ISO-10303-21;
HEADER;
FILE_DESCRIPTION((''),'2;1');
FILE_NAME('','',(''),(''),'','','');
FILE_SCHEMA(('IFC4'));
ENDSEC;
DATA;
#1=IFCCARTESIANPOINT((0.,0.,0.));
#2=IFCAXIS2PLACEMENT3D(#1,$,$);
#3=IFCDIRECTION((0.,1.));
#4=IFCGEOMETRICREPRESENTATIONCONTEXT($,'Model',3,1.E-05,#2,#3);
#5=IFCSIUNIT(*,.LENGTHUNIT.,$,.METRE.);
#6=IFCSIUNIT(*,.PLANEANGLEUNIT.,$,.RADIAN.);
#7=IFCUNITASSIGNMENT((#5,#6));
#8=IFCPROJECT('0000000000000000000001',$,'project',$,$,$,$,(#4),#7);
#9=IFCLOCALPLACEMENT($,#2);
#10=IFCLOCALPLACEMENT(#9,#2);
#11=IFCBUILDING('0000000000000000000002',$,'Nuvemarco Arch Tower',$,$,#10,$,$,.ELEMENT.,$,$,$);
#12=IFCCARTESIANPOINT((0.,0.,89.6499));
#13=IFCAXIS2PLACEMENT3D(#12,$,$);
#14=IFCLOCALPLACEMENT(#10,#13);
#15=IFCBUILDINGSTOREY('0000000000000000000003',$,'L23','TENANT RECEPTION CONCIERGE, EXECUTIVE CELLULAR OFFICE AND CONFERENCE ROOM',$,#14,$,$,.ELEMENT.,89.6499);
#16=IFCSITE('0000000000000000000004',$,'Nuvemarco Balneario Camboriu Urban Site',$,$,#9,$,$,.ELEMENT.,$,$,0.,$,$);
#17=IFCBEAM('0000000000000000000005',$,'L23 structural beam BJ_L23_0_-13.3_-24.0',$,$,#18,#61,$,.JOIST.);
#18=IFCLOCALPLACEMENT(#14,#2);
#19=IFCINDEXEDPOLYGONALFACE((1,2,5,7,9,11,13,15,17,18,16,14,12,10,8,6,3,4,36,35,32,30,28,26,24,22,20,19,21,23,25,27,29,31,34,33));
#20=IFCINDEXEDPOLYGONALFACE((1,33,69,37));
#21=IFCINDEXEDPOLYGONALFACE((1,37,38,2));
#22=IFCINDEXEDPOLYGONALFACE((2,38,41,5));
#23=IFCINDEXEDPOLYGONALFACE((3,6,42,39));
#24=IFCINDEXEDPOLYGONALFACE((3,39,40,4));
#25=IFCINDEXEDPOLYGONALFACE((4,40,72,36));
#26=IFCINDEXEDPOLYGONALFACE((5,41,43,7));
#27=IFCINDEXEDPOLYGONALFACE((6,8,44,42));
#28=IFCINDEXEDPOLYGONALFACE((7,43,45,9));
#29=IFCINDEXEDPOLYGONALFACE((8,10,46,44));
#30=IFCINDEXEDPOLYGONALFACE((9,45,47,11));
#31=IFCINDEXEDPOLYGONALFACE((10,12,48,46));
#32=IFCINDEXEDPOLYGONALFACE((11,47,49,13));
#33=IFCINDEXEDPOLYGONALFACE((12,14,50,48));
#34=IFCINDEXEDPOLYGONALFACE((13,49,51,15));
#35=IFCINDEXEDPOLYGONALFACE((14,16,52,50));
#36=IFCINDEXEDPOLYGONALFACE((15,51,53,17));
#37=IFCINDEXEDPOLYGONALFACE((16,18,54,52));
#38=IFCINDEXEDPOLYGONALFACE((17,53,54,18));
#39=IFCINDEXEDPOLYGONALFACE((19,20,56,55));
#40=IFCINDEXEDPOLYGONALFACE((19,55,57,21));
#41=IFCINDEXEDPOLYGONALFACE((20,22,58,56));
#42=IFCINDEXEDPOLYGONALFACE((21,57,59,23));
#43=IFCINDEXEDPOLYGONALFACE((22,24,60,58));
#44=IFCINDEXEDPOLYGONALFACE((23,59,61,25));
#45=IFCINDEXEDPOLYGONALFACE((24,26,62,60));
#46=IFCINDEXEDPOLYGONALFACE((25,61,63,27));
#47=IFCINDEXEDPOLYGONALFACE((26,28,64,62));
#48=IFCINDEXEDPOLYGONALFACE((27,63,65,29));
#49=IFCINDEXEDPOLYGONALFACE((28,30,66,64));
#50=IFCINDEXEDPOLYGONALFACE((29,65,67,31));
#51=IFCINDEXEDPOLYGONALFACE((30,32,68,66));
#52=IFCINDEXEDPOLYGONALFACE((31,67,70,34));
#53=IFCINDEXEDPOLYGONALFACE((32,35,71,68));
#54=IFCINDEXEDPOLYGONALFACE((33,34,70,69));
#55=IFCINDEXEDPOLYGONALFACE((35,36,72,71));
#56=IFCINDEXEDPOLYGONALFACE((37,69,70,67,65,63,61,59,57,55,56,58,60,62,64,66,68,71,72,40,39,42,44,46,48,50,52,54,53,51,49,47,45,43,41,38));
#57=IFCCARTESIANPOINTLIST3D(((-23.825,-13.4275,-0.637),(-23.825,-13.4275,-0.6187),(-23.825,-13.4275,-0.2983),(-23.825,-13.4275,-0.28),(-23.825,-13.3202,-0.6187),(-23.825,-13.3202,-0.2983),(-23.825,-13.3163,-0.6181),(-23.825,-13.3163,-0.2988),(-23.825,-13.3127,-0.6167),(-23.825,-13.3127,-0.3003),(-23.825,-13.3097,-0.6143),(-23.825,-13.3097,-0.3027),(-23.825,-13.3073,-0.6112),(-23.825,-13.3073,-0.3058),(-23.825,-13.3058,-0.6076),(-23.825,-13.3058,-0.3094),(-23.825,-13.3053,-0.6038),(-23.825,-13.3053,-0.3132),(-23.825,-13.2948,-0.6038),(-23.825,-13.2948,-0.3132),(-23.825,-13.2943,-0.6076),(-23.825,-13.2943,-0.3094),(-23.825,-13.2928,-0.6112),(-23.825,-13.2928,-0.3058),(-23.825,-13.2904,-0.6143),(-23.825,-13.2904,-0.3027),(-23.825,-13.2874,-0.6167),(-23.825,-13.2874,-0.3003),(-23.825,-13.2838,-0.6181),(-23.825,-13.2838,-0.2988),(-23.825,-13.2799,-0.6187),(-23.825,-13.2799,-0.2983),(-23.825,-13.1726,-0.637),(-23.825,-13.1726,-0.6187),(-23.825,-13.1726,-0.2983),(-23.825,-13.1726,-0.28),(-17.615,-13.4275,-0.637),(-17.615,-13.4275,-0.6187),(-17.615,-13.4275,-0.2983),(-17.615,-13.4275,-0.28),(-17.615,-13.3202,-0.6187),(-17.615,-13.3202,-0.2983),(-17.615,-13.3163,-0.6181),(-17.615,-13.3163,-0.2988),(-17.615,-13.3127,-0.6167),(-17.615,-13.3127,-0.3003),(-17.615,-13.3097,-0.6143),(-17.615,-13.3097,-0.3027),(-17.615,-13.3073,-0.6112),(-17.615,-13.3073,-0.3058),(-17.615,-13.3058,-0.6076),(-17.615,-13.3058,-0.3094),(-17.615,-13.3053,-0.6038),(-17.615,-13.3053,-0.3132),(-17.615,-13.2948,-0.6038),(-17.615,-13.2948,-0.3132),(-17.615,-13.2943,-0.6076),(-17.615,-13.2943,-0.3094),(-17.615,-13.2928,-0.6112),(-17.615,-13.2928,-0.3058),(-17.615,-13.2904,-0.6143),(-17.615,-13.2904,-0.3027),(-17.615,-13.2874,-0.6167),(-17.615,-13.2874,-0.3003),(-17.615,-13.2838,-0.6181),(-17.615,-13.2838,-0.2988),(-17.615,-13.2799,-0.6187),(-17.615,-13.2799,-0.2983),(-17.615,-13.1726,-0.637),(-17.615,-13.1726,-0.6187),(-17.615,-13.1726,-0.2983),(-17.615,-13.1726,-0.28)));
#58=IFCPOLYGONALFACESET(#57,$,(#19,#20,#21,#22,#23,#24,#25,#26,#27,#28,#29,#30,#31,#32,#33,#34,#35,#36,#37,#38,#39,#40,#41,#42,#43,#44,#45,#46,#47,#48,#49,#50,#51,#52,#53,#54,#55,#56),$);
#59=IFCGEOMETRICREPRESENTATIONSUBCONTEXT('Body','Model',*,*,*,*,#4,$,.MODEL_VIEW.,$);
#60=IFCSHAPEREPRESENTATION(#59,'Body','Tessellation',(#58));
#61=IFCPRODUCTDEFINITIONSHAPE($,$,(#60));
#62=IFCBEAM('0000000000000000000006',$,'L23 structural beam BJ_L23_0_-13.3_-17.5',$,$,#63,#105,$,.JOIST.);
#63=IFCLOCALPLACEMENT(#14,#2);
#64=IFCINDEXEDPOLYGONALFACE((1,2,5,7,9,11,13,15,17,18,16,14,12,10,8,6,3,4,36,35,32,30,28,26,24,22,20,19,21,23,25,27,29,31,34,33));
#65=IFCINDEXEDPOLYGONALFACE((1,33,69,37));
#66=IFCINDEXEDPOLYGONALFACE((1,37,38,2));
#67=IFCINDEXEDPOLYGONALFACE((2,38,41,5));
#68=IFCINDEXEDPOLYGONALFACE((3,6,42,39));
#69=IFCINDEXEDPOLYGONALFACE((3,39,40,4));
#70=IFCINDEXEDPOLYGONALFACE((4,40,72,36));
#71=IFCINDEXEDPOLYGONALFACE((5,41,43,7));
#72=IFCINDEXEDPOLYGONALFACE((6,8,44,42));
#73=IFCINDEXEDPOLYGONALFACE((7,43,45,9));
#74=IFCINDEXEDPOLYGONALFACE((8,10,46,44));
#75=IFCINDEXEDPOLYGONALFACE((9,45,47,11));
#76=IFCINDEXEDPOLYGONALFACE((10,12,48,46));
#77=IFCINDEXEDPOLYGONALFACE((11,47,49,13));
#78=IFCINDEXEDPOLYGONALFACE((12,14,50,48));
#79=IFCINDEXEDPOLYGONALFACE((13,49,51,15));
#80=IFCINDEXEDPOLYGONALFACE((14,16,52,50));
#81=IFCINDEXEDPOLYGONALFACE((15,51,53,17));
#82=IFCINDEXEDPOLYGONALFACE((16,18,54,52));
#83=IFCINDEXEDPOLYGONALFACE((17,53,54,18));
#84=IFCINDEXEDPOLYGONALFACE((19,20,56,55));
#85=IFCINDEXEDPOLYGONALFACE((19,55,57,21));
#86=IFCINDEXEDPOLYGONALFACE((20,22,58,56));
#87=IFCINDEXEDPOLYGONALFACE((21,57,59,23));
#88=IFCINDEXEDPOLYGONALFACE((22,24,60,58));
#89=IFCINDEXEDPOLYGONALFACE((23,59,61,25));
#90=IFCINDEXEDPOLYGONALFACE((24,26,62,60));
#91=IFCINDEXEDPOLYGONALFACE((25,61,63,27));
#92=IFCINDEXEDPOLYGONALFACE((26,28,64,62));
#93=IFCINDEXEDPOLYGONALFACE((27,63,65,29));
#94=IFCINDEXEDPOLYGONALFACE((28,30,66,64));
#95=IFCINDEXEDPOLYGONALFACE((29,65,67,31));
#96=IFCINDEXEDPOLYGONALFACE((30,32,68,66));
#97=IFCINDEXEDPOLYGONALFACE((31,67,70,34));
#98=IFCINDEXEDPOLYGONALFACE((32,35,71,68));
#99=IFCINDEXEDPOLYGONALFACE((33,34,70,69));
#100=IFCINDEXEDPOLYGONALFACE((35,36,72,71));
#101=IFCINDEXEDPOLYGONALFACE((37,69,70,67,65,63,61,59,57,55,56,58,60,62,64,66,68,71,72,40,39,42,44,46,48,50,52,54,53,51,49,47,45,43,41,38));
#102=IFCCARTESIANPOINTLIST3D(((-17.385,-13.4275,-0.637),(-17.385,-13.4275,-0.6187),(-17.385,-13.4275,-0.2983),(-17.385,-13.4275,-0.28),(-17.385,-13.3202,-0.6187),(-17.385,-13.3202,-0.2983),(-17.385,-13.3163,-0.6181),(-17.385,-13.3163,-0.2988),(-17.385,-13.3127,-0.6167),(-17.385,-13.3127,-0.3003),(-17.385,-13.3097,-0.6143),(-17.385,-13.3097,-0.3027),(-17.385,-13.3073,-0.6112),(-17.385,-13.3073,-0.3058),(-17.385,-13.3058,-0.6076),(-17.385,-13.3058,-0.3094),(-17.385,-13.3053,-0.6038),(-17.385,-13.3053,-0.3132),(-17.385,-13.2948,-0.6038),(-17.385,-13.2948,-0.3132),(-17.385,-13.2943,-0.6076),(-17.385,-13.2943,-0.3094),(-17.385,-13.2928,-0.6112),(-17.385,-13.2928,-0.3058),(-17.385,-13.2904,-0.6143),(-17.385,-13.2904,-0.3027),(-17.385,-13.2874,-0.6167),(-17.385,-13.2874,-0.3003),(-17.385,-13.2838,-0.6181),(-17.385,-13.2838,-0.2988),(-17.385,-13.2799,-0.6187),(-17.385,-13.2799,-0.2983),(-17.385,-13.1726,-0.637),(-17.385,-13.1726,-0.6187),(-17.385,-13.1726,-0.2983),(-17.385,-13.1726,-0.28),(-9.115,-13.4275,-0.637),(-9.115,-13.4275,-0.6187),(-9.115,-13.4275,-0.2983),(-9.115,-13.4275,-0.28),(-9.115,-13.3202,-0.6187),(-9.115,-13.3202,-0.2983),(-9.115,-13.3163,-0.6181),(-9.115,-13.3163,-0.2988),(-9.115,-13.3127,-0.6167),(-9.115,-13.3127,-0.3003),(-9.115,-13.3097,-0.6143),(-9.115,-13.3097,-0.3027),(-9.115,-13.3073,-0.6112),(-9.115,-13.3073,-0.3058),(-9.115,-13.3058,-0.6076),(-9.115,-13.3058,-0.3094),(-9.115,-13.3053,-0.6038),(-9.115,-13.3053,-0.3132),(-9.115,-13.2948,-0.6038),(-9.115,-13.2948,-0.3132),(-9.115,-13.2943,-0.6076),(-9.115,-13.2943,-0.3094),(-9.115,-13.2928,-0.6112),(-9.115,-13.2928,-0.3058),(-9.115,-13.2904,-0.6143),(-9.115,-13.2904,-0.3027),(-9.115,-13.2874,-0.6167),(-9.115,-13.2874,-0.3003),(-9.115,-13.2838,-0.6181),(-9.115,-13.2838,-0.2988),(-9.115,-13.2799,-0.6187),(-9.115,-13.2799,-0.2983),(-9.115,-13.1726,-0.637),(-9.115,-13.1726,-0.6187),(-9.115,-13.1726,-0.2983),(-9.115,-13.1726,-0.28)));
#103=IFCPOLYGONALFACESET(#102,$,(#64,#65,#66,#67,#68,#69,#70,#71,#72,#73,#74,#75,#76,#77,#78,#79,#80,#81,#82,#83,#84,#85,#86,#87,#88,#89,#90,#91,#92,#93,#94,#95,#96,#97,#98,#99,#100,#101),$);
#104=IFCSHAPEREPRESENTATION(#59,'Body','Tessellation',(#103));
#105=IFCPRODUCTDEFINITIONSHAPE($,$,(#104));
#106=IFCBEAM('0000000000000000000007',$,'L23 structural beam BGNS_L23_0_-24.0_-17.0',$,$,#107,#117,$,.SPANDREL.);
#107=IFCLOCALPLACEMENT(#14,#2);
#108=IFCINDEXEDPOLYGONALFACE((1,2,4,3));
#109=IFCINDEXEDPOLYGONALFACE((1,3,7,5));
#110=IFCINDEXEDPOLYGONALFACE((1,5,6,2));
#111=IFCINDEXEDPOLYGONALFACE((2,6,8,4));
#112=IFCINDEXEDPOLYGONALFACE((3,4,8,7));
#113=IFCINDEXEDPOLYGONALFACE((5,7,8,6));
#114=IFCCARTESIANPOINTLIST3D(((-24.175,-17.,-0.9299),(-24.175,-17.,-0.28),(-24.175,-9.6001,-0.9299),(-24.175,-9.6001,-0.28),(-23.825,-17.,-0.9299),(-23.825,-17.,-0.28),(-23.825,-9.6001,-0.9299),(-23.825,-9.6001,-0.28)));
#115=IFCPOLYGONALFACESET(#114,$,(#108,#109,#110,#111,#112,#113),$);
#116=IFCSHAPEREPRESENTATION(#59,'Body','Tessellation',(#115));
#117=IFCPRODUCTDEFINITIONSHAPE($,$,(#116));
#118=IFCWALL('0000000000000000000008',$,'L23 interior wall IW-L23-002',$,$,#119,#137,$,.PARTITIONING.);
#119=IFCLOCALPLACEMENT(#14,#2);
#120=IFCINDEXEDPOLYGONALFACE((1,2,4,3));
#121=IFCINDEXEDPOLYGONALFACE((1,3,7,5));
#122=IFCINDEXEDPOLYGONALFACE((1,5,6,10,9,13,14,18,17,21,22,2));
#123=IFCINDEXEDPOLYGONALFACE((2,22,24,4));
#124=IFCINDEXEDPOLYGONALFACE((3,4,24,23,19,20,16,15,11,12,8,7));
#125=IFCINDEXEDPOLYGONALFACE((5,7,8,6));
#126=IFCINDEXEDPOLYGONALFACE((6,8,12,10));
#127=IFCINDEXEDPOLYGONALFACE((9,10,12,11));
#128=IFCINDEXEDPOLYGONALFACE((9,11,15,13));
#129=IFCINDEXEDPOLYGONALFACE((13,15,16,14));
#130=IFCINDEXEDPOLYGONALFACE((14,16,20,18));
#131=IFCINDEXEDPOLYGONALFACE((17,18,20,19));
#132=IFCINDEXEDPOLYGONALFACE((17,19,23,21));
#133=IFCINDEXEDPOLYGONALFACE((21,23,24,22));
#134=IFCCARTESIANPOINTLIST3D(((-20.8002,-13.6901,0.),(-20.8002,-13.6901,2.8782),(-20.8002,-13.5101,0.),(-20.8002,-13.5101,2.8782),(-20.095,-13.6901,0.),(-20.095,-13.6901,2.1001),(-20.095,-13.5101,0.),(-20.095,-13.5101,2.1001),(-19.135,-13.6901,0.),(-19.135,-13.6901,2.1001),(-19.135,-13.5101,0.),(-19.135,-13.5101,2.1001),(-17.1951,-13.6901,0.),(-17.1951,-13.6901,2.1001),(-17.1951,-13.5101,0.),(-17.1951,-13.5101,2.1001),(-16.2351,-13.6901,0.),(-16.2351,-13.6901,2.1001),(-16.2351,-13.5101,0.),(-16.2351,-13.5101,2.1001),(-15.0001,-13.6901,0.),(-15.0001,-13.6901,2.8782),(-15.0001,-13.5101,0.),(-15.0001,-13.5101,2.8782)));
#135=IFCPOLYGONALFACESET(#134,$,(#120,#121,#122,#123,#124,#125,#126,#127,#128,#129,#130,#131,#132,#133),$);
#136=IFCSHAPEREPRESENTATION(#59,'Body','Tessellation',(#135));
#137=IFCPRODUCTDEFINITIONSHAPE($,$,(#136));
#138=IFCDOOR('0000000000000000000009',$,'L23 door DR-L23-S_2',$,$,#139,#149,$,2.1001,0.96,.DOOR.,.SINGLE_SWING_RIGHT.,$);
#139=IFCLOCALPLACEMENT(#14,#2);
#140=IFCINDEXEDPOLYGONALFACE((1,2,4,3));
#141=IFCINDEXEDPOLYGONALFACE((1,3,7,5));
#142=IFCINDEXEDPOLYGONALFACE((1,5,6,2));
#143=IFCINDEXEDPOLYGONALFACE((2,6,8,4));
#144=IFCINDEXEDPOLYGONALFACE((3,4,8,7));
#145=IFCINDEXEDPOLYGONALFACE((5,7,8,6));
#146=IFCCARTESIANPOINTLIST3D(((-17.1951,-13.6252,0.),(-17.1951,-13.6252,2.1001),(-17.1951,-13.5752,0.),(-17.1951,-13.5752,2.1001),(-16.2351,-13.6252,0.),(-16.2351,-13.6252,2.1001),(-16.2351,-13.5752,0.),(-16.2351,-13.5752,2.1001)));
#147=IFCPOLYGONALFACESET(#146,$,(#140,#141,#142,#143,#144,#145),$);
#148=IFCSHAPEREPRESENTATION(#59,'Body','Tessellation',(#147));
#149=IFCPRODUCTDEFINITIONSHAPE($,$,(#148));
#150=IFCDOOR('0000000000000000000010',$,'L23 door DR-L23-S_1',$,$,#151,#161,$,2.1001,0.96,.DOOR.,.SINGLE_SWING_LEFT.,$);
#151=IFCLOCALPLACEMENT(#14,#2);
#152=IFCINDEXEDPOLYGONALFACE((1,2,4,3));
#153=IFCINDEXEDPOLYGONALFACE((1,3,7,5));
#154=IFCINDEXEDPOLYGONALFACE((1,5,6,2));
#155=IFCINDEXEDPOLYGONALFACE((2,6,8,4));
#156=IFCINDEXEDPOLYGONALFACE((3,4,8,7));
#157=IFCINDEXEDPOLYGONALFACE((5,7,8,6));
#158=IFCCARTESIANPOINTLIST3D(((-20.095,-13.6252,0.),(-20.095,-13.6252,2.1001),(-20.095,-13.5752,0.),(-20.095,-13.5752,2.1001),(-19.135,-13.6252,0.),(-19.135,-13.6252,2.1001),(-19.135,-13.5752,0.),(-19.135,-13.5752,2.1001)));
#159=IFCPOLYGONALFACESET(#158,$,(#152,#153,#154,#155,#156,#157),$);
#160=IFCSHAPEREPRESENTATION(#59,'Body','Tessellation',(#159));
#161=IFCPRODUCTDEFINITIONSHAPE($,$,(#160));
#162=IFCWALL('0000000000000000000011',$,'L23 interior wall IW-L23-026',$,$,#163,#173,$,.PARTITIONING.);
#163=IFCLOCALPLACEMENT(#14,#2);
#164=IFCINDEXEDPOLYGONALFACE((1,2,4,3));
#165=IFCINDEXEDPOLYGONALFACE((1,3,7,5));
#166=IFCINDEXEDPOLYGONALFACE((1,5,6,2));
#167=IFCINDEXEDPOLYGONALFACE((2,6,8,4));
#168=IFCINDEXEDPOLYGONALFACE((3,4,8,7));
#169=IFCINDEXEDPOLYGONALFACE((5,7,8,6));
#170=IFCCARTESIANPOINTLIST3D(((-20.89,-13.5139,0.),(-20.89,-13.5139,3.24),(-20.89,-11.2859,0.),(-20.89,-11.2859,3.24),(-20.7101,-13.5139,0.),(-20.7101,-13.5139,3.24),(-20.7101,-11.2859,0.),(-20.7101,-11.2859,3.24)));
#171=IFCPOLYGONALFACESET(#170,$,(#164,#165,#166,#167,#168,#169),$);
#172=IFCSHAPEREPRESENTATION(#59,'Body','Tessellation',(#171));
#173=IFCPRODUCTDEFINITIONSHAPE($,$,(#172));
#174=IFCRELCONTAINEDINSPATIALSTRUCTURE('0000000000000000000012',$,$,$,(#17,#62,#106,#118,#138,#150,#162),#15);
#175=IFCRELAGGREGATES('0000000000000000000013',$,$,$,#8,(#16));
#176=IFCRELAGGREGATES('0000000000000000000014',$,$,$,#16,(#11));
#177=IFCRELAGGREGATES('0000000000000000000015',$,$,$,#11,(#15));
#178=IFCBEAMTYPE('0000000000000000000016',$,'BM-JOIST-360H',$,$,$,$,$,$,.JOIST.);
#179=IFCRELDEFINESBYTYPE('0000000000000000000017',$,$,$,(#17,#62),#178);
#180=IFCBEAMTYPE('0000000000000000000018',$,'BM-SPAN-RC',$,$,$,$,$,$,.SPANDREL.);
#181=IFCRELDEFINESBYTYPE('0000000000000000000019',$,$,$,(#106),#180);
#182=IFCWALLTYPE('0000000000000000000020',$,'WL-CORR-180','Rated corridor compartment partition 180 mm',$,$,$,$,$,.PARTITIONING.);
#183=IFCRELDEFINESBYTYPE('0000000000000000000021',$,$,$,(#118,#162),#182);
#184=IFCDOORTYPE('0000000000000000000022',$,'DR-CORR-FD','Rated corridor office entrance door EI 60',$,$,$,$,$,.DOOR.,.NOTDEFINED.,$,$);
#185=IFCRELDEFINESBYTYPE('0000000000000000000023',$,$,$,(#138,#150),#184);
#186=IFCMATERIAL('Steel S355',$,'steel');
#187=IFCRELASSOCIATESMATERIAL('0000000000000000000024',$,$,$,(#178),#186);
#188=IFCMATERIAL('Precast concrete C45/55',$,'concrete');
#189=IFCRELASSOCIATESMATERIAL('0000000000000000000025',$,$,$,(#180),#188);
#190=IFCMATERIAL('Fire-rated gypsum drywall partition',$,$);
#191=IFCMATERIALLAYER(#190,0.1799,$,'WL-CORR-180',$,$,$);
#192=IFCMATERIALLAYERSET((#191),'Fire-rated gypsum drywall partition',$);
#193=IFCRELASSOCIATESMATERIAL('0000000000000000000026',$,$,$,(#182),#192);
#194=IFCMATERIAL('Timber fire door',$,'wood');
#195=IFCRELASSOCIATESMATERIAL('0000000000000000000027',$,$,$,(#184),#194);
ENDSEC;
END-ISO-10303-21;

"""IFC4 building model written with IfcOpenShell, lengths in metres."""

from ifc_helpers import new_model, si_unit, direction, frame, frame_2d, origin, origin_2d, place, context, subcontext, project, spatial, rectangle, i_section, extrude, source, transform, mapped, material, layer, layer_set, material_profile, profile_set, type_object, type_shapes, element, fill, save


model = new_model("IFC4")

# Units and contexts
model_context = context("Model", 3, precision=1e-05, world=origin(), true_north=direction((0.0, 1.0)))
body_context = subcontext(model_context, "Body", "Model", "MODEL_VIEW")
ifc_project = project(units=[si_unit("LENGTHUNIT", "METRE"), si_unit("PLANEANGLEUNIT", "RADIAN")], contexts=[model_context])

# Site, building, storey
site_placement = place(None, origin())
site = spatial("IfcSite", under=ifc_project, at=site_placement, Name="Nuvemarco Balneario Camboriu Urban Site", CompositionType="ELEMENT", RefElevation=0.0)
building_placement = place(site_placement, origin())
building = spatial("IfcBuilding", under=site, at=building_placement, Name="Nuvemarco Arch Tower", CompositionType="ELEMENT")
storey_placement = place(building_placement, frame((0.0, 0.0, 89.6499)))
storey = spatial("IfcBuildingStorey", under=building, at=storey_placement, Name="L23", Description="TENANT RECEPTION CONCIERGE, EXECUTIVE CELLULAR OFFICE AND CONFERENCE ROOM", CompositionType="ELEMENT", Elevation=89.6499)

# Shared definitions
ifc_material_1 = material(Name="Steel S355", Category="steel")

# Beams
ifc_material_profile_1 = material_profile(ifc_material_1, i_section(OverallWidth=0.2549, OverallDepth=0.3569, WebThickness=0.0105, FlangeThickness=0.0183, FilletRadius=0.0149, at=origin_2d()), Name="W360x101")
ifc_profile_set_1 = profile_set([ifc_material_profile_1], Name="Steel S355")
beam_type_1 = type_object("IfcBeamType", Name="BM-JOIST-360H", PredefinedType="JOIST", material=ifc_profile_set_1)
beam_1_placement = place(storey_placement, frame((-23.825, -13.3, -0.4585), z_axis=(1.0, 0.0, 0.0), x_axis=(0.0, 1.0, 0.0)))
element("IfcBeam", 1, at=beam_1_placement, inside=storey, type_object=beam_type_1, Name="L23 structural beam BJ_L23_0_-13.3_-24.0", PredefinedType="JOIST", context=body_context, shape_type="SweptSolid", body=[
    extrude(i_section(OverallWidth=0.2549, OverallDepth=0.3569, WebThickness=0.0105, FlangeThickness=0.0183, FilletRadius=0.0149, at=origin_2d()), origin(), (0.0, 0.0, 1.0), 6.21),
])
beam_2_placement = place(storey_placement, frame((-17.385, -13.3, -0.4585), z_axis=(1.0, 0.0, 0.0), x_axis=(0.0, 1.0, 0.0)))
element("IfcBeam", 2, at=beam_2_placement, inside=storey, type_object=beam_type_1, Name="L23 structural beam BJ_L23_0_-13.3_-17.5", PredefinedType="JOIST", context=body_context, shape_type="SweptSolid", body=[
    extrude(i_section(OverallWidth=0.2549, OverallDepth=0.3569, WebThickness=0.0105, FlangeThickness=0.0183, FilletRadius=0.0149, at=origin_2d()), origin(), (0.0, 0.0, 1.0), 8.27),
])
ifc_material_2 = material(Name="Precast concrete C45/55", Category="concrete")
ifc_material_profile_2 = material_profile(ifc_material_2, rectangle(XDim=0.3501, YDim=0.6499, at=origin_2d()), Name="PC-SP-350x650")
ifc_profile_set_2 = profile_set([ifc_material_profile_2], Name="Precast concrete C45/55")
beam_type_2 = type_object("IfcBeamType", Name="BM-SPAN-RC", PredefinedType="SPANDREL", material=ifc_profile_set_2)
beam_3_placement = place(storey_placement, frame((-24.0, -17.0, -0.605), z_axis=(0.0, 1.0, 0.0), x_axis=(-1.0, 0.0, 0.0)))
element("IfcBeam", 3, at=beam_3_placement, inside=storey, type_object=beam_type_2, Name="L23 structural beam BGNS_L23_0_-24.0_-17.0", PredefinedType="SPANDREL", context=body_context, shape_type="SweptSolid", body=[
    extrude(rectangle(XDim=0.3501, YDim=0.6499, at=origin_2d()), origin(), (0.0, 0.0, 1.0), 7.3999),
])

# Wall, openings, doors
ifc_material_3 = material(Name="Fire-rated gypsum drywall partition")
ifc_layer = layer(ifc_material_3, 0.1799, Name="WL-CORR-180")
ifc_layer_set = layer_set([ifc_layer], Name="Fire-rated gypsum drywall partition")
wall_type = type_object("IfcWallType", Name="WL-CORR-180", Description="Rated corridor compartment partition 180 mm", PredefinedType="PARTITIONING", material=ifc_layer_set)
wall_1_placement = place(storey_placement, frame((-20.8, -13.6001, 0.0), z_axis=(0.0, 0.0, 1.0), x_axis=(1.0, 0.0, 0.0)))
wall_1 = element("IfcWall", 4, at=wall_1_placement, inside=storey, type_object=wall_type, Name="L23 interior wall IW-L23-002", PredefinedType="PARTITIONING", context=body_context, shape_type="SweptSolid", body=[
    extrude(rectangle(XDim=5.8, YDim=0.1799, at=frame_2d((2.8999, 0.0))), origin(), (0.0, 0.0, 1.0), 2.8782),
])
opening_1_placement = place(wall_1_placement, frame((3.605, 0.0, 0.0)))
opening_1 = element("IfcOpeningElement", 5, at=opening_1_placement, cuts=wall_1, PredefinedType="OPENING", context=body_context, shape_type="SweptSolid", body=[
    extrude(rectangle(XDim=0.96, YDim=2.1001, at=frame_2d((0.48, 1.05))), frame((0.0, 0.0999, 0.0), z_axis=(0.0, -1.0, 0.0), x_axis=(1.0, 0.0, 0.0)), (0.0, 0.0, 1.0), 0.2),
])
opening_2_placement = place(wall_1_placement, frame((0.7051, 0.0, 0.0)))
opening_2 = element("IfcOpeningElement", 6, at=opening_2_placement, cuts=wall_1, PredefinedType="OPENING", context=body_context, shape_type="SweptSolid", body=[
    extrude(rectangle(XDim=0.96, YDim=2.1001, at=frame_2d((0.48, 1.05))), frame((0.0, 0.0999, 0.0), z_axis=(0.0, -1.0, 0.0), x_axis=(1.0, 0.0, 0.0)), (0.0, 0.0, 1.0), 0.2),
])
ifc_material_4 = material(Name="Timber fire door", Category="wood")
door_type = type_object("IfcDoorType", Name="DR-CORR-FD", Description="Rated corridor office entrance door EI 60", OperationType="NOTDEFINED", PredefinedType="DOOR", material=ifc_material_4)
shared_shape_1 = source(origin(), body_context, "Body", "SweptSolid", [
    extrude(rectangle(XDim=0.96, YDim=2.1001, at=frame_2d((0.48, 1.05))), frame((0.0, 0.0249, 0.0), z_axis=(0.0, -1.0, 0.0), x_axis=(1.0, 0.0, 0.0)), (0.0, 0.0, 1.0), 0.05),
])
type_shapes(door_type, [shared_shape_1])
door_1_placement = place(opening_1_placement, origin())
door_1 = element("IfcDoor", 7, at=door_1_placement, inside=storey, type_object=door_type, Name="L23 door DR-L23-S_2", OperationType="SINGLE_SWING_RIGHT", OverallHeight=2.1001, OverallWidth=0.96, PredefinedType="DOOR", context=body_context, shape_type="MappedRepresentation", body=[
    mapped(shared_shape_1, transform((0.0, 0.0, 0.0), scale=1.0)),
])
fill(opening_1, door_1)
door_2_placement = place(opening_2_placement, origin())
door_2 = element("IfcDoor", 8, at=door_2_placement, inside=storey, type_object=door_type, Name="L23 door DR-L23-S_1", OperationType="SINGLE_SWING_LEFT", OverallHeight=2.1001, OverallWidth=0.96, PredefinedType="DOOR", context=body_context, shape_type="MappedRepresentation", body=[
    mapped(shared_shape_1, transform((0.0, 0.0, 0.0), scale=1.0)),
])
fill(opening_2, door_2)

# Wall
wall_2_placement = place(storey_placement, frame((-20.8, -13.5139, 0.0), z_axis=(0.0, 0.0, 1.0), x_axis=(0.0, 1.0, 0.0)))
element("IfcWall", 9, at=wall_2_placement, inside=storey, type_object=wall_type, Name="L23 interior wall IW-L23-026", PredefinedType="PARTITIONING", context=body_context, shape_type="SweptSolid", body=[
    extrude(rectangle(XDim=2.228, YDim=0.1799, at=frame_2d((1.114, 0.0))), origin(), (0.0, 0.0, 1.0), 3.24),
])

save(model, "model.ifc")
